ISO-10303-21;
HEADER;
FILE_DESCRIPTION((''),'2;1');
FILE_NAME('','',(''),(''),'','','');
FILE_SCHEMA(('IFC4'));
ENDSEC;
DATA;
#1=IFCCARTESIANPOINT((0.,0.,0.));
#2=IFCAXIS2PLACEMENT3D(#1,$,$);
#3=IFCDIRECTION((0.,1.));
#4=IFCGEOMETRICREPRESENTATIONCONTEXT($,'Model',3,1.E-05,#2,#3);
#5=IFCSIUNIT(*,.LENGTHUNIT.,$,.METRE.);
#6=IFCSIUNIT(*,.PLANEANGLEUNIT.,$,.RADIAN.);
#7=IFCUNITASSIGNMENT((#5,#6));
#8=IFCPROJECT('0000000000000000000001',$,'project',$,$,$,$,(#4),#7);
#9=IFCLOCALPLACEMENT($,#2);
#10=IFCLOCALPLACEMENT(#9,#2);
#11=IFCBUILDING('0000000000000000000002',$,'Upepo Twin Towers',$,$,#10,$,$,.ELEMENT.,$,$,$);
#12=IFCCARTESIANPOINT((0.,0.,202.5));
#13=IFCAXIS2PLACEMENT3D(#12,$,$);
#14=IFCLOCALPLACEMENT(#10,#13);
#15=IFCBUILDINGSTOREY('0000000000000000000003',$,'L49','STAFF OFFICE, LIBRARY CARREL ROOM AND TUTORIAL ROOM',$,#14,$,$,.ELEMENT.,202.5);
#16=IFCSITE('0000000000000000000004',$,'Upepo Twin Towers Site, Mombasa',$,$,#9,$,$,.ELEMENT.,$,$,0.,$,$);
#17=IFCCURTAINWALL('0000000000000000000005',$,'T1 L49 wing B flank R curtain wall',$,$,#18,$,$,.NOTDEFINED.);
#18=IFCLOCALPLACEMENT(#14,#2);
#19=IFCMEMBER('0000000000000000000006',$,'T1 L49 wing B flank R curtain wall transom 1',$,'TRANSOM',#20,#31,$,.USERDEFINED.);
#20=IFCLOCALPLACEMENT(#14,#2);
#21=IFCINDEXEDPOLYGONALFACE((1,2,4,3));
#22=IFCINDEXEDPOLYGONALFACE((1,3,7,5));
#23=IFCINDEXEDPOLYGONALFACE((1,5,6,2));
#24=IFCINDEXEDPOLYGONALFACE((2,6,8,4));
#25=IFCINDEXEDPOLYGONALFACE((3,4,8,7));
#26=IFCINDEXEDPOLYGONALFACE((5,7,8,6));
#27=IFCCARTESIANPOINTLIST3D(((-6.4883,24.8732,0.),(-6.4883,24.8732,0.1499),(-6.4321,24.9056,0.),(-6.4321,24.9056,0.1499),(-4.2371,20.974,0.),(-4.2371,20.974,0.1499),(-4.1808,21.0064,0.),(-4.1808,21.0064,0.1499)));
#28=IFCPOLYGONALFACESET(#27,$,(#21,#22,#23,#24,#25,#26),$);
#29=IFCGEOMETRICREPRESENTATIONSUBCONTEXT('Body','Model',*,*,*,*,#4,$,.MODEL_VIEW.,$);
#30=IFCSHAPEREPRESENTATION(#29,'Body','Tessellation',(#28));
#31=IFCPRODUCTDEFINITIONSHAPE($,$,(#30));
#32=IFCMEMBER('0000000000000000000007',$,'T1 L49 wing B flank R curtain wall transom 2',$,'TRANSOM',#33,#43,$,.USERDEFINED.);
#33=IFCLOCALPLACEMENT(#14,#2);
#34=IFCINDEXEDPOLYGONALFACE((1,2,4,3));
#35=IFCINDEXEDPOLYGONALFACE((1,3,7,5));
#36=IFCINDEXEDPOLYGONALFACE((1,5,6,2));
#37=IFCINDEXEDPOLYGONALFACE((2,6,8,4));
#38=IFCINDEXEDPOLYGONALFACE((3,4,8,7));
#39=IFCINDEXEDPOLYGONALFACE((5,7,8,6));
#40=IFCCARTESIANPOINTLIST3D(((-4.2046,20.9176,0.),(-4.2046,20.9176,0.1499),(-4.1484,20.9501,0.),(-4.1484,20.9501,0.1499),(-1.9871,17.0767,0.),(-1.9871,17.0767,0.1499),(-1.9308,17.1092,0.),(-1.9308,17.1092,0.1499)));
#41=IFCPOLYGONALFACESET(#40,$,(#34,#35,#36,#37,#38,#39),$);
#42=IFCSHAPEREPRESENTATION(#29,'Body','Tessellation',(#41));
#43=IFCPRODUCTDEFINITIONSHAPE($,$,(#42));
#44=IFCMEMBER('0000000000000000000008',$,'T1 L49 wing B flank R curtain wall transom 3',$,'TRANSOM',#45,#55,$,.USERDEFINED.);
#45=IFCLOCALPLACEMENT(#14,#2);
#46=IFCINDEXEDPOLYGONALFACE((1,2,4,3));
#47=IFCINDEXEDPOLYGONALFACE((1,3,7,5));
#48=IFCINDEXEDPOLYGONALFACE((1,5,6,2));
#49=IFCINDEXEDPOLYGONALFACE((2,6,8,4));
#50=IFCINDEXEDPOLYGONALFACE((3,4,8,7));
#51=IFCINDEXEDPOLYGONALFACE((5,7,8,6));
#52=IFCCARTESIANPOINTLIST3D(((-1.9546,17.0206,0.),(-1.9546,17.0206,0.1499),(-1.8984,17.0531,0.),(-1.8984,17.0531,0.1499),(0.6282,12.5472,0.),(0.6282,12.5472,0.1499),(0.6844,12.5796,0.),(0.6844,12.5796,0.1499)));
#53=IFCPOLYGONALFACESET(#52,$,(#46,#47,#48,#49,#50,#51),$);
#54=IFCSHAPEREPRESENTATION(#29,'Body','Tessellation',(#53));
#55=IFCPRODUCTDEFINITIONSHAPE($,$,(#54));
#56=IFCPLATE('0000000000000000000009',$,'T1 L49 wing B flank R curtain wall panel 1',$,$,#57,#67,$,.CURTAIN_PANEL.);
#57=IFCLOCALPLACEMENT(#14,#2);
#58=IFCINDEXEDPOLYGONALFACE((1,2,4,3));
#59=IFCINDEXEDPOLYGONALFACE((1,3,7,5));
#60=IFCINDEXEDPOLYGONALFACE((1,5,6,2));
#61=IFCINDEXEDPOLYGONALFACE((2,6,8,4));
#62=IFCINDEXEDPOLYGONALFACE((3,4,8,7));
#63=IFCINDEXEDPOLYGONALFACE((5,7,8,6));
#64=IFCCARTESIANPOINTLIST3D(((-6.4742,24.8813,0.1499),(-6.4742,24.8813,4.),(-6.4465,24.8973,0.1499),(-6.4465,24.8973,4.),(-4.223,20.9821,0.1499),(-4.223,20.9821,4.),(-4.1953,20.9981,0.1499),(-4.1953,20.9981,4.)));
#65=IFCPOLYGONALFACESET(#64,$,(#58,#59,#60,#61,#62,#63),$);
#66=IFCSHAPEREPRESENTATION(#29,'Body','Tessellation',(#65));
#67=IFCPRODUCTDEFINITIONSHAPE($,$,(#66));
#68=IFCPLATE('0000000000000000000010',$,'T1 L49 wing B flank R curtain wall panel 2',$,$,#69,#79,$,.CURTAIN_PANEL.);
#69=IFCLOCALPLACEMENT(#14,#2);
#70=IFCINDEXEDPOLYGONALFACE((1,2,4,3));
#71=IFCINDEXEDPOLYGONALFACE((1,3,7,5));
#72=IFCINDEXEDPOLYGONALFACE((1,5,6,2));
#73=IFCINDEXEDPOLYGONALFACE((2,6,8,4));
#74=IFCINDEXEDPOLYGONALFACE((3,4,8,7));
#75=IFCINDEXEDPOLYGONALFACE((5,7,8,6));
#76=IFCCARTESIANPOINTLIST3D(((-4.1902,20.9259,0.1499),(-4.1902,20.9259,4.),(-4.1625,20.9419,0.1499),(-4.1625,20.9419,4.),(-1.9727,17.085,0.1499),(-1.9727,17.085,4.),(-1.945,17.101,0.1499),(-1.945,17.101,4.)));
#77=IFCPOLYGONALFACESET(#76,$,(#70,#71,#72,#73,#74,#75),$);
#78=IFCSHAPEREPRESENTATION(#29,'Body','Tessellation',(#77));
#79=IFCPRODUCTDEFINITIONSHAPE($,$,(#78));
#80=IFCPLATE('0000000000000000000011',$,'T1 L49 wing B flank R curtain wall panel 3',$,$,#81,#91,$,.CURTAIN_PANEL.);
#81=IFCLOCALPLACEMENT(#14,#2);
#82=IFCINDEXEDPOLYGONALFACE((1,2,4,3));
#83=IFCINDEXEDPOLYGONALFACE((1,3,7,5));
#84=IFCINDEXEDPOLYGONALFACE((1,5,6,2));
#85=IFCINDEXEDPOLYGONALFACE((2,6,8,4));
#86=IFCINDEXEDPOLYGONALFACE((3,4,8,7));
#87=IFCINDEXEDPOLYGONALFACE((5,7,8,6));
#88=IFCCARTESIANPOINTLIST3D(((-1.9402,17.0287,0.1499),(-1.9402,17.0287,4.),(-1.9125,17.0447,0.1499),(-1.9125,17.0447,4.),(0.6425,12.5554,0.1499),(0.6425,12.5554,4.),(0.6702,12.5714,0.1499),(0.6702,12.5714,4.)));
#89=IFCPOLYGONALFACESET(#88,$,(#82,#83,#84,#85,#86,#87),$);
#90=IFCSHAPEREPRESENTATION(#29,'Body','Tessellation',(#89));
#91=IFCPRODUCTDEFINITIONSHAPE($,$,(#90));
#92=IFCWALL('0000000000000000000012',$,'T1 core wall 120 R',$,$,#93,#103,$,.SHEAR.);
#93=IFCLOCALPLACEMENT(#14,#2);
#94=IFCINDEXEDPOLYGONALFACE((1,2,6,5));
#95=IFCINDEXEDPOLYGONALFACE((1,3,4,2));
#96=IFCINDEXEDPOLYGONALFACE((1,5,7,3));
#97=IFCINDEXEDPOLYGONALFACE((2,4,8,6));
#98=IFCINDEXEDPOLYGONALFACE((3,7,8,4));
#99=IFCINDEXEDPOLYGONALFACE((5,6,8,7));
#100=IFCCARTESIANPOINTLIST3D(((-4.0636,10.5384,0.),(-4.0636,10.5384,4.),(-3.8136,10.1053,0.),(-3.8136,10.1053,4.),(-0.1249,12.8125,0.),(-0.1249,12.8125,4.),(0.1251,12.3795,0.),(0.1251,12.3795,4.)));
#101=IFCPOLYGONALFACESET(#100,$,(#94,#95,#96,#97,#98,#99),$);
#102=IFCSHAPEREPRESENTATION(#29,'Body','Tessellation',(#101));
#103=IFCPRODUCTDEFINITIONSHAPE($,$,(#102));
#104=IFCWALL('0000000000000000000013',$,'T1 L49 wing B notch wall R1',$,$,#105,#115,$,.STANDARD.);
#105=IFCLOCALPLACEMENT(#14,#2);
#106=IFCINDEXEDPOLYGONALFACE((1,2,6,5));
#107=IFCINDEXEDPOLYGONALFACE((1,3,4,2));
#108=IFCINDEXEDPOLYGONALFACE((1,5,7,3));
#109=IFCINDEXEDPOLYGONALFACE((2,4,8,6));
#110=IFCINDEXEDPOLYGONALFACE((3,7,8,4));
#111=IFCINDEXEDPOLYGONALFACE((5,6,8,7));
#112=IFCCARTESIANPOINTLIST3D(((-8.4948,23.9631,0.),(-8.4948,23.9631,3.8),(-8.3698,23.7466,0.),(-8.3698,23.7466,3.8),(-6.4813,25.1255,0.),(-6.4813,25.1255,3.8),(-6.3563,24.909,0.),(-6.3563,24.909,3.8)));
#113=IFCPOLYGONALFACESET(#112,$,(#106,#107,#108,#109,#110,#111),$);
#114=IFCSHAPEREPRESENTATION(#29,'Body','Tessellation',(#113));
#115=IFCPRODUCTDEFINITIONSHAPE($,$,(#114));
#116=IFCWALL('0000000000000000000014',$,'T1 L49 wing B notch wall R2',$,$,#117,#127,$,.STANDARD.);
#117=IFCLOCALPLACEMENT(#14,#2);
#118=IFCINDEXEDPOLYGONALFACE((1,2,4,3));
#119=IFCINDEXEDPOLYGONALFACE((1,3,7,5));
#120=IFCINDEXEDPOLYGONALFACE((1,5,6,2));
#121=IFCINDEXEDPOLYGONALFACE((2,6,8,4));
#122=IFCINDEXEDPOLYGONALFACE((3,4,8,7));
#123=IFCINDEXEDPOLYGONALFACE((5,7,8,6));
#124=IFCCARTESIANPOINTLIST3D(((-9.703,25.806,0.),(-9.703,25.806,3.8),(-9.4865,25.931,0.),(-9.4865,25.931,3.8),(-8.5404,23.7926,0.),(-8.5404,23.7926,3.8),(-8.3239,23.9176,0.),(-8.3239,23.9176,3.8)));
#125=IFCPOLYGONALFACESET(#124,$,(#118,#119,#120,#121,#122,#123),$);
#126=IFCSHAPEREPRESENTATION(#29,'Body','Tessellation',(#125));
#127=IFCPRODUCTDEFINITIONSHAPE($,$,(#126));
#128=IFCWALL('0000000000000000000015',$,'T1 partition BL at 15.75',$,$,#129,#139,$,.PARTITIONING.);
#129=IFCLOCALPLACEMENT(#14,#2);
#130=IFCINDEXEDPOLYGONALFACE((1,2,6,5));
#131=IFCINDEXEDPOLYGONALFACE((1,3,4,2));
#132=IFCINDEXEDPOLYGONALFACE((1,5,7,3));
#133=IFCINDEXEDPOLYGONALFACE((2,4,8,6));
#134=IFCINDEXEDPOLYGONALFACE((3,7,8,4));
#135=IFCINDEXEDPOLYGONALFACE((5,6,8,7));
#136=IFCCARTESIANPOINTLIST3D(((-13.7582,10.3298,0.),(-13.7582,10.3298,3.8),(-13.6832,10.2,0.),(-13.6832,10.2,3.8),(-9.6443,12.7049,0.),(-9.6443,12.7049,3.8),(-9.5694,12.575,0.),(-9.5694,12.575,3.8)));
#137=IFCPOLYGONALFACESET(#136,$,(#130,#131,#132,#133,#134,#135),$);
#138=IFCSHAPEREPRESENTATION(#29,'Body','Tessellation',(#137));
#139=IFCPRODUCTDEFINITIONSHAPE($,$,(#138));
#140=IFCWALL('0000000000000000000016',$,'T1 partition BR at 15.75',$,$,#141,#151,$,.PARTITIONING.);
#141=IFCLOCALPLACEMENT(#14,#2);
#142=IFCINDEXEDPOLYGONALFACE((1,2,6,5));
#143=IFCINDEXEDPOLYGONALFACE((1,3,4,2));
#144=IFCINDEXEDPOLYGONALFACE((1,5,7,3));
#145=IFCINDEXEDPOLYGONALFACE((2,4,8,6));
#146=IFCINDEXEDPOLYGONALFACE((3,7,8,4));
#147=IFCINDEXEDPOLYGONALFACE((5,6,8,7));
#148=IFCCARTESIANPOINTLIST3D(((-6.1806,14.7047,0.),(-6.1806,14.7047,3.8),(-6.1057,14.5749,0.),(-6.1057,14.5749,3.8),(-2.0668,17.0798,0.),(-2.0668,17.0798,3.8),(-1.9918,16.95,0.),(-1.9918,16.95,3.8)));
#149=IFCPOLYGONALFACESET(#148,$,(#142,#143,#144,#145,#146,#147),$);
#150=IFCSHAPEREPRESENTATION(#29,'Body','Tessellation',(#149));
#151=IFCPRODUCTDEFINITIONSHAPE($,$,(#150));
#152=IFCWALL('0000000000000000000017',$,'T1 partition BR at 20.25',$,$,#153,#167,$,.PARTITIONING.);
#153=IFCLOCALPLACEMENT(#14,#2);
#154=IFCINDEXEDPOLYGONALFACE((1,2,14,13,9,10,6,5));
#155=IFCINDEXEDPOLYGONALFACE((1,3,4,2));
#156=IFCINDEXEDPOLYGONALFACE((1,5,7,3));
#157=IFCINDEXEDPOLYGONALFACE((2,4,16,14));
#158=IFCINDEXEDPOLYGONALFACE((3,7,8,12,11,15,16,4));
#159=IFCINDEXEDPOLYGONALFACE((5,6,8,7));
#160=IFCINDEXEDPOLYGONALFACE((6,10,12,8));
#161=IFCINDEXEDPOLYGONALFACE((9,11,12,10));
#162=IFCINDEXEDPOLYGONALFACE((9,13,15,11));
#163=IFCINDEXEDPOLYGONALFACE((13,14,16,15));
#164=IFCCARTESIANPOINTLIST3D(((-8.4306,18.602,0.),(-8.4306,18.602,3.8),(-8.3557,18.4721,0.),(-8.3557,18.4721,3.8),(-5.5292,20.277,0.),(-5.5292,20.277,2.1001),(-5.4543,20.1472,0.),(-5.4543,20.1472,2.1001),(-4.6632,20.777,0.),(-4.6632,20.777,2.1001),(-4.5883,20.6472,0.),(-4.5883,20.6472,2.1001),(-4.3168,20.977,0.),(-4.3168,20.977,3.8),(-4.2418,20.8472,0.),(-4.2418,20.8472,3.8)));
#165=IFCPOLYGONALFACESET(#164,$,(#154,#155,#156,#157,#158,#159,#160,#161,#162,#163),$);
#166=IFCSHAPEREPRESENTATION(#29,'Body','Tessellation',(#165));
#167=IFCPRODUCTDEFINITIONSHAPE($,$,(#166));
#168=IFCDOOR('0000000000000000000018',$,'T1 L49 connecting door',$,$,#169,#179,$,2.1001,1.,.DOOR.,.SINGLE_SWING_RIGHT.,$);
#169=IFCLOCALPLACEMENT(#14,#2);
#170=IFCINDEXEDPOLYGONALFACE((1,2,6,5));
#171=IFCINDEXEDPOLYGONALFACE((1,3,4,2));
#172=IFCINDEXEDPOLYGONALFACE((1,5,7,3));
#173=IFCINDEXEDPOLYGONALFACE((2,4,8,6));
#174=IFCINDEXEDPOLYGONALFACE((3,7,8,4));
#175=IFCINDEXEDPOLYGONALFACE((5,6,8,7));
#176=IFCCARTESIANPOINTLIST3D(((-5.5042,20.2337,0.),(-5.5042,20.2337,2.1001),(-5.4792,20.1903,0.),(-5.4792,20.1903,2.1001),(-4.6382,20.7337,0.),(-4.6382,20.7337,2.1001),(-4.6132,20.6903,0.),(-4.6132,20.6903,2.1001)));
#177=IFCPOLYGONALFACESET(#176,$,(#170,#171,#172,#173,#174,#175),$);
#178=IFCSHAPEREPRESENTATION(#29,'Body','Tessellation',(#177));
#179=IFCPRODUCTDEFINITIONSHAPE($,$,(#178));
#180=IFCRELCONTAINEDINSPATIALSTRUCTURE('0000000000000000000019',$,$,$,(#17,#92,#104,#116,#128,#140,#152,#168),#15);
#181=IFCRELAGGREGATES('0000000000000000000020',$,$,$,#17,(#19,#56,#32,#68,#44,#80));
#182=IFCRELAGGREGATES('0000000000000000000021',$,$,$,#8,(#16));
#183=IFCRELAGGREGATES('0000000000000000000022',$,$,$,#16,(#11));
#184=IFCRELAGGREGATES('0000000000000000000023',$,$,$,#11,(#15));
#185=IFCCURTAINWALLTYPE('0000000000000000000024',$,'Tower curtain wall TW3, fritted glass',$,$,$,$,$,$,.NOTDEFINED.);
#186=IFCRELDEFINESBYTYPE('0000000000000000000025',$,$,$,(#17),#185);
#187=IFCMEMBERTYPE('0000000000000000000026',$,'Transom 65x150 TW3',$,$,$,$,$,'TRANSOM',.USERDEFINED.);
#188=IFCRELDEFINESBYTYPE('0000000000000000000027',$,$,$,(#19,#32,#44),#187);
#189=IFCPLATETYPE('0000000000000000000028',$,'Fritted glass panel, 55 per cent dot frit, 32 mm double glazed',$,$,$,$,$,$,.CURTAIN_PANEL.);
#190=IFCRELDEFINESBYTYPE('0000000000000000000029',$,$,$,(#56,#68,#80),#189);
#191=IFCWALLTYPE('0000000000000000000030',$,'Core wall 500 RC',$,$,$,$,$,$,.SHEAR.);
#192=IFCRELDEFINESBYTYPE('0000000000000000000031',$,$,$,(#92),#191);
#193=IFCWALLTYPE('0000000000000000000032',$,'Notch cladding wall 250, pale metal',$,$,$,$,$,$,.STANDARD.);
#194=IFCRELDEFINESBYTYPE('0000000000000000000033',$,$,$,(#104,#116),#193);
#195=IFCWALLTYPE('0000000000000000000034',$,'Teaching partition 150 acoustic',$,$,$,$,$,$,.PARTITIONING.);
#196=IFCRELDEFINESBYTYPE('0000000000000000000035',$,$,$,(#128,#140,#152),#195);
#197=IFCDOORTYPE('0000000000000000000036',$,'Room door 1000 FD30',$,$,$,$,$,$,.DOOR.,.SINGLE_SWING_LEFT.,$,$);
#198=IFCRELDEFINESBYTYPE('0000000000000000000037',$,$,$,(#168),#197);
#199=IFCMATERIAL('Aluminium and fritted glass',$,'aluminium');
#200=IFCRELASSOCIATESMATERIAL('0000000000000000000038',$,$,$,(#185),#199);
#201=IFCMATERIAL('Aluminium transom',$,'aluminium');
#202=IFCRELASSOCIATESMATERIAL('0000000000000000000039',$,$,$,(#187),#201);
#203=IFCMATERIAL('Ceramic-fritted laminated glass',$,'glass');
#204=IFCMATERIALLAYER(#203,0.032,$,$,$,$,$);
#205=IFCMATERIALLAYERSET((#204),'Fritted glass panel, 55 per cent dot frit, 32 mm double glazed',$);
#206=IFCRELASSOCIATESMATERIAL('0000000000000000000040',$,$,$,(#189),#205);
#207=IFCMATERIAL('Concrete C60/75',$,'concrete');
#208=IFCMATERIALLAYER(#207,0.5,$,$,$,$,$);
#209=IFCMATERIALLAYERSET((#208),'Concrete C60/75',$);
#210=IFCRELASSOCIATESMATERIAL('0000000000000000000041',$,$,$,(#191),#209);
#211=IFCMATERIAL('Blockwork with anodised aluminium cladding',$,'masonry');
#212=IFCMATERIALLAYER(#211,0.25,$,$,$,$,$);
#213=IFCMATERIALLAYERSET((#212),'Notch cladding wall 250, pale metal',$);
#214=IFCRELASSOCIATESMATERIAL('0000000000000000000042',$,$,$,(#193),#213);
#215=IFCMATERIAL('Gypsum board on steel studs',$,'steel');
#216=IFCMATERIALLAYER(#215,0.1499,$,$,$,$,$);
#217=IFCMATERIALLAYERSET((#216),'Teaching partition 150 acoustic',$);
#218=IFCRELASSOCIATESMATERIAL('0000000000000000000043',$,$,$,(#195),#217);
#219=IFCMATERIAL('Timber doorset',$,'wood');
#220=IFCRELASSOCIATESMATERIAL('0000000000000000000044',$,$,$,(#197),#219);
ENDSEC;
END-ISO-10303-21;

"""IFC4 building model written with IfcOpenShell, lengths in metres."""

from ifc_helpers import new_model, si_unit, direction, frame, frame_2d, origin, origin_2d, place, context, subcontext, project, spatial, rectangle, extrude, material, layer, layer_set, material_profile, profile_set, type_object, element, fill, aggregate, save


model = new_model("IFC4")

# Units and contexts
model_context = context("Model", 3, precision=1e-05, world=origin(), true_north=direction((0.0, 1.0)))
body_context = subcontext(model_context, "Body", "Model", "MODEL_VIEW")
ifc_project = project(units=[si_unit("LENGTHUNIT", "METRE"), si_unit("PLANEANGLEUNIT", "RADIAN")], contexts=[model_context])

# Site, building, storey
site_placement = place(None, origin())
site = spatial("IfcSite", under=ifc_project, at=site_placement, Name="Upepo Twin Towers Site, Mombasa", CompositionType="ELEMENT", RefElevation=0.0)
building_placement = place(site_placement, origin())
building = spatial("IfcBuilding", under=site, at=building_placement, Name="Upepo Twin Towers", CompositionType="ELEMENT")
storey_placement = place(building_placement, frame((0.0, 0.0, 202.5)))
storey = spatial("IfcBuildingStorey", under=building, at=storey_placement, Name="L49", Description="STAFF OFFICE, LIBRARY CARREL ROOM AND TUTORIAL ROOM", CompositionType="ELEMENT", Elevation=202.5)

# Curtain wall
ifc_material_1 = material(Name="Aluminium and fritted glass", Category="aluminium")
curtain_wall_type = type_object("IfcCurtainWallType", Name="Tower curtain wall TW3, fritted glass", PredefinedType="NOTDEFINED", material=ifc_material_1)
curtain_wall_1_placement = place(storey_placement, origin())
curtain_wall_1 = element("IfcCurtainWall", 1, at=curtain_wall_1_placement, inside=storey, type_object=curtain_wall_type, Name="T1 L49 wing B flank R curtain wall", PredefinedType="NOTDEFINED")

# Members
ifc_material_2 = material(Name="Aluminium transom", Category="aluminium")
ifc_material_profile_1 = material_profile(ifc_material_2, rectangle(XDim=0.0649, YDim=0.1499, at=origin_2d()), Name="TRANSOM 65x150")
ifc_profile_set_1 = profile_set([ifc_material_profile_1], Name="Aluminium transom")
member_type_1 = type_object("IfcMemberType", Name="Transom 65x150 TW3", ElementType="TRANSOM", PredefinedType="USERDEFINED", material=ifc_profile_set_1)
member_1_placement = place(storey_placement, frame((-6.4602, 24.8894, 0.075), z_axis=(0.500006, -0.866022, 0.0), x_axis=(0.866022, 0.500006, 0.0)))
member_1 = element("IfcMember", 2, at=member_1_placement, type_object=member_type_1, Name="T1 L49 wing B flank R curtain wall transom 1", ObjectType="TRANSOM", PredefinedType="USERDEFINED", context=body_context, shape_type="SweptSolid", body=[
    extrude(rectangle(XDim=0.0649, YDim=0.1499, at=origin_2d()), origin(), (0.0, 0.0, 1.0), 4.5024),
])
member_2_placement = place(storey_placement, frame((-4.1765, 20.9338, 0.075), z_axis=(0.500005, -0.866022, 0.0), x_axis=(0.866022, 0.500005, 0.0)))
member_2 = element("IfcMember", 3, at=member_2_placement, type_object=member_type_1, Name="T1 L49 wing B flank R curtain wall transom 2", ObjectType="TRANSOM", PredefinedType="USERDEFINED", context=body_context, shape_type="SweptSolid", body=[
    extrude(rectangle(XDim=0.0649, YDim=0.1499, at=origin_2d()), origin(), (0.0, 0.0, 1.0), 4.4351),
])
member_3_placement = place(storey_placement, frame((-1.9265, 17.0369, 0.075), z_axis=(0.500007, -0.866021, 0.0), x_axis=(0.866021, 0.500007, 0.0)))
member_3 = element("IfcMember", 4, at=member_3_placement, type_object=member_type_1, Name="T1 L49 wing B flank R curtain wall transom 3", ObjectType="TRANSOM", PredefinedType="USERDEFINED", context=body_context, shape_type="SweptSolid", body=[
    extrude(rectangle(XDim=0.0649, YDim=0.1499, at=origin_2d()), origin(), (0.0, 0.0, 1.0), 5.1655),
])

# Plates
ifc_material_3 = material(Name="Ceramic-fritted laminated glass", Category="glass")
ifc_layer_1 = layer(ifc_material_3, 0.032)
ifc_layer_set_1 = layer_set([ifc_layer_1], Name="Fritted glass panel, 55 per cent dot frit, 32 mm double glazed")
plate_type = type_object("IfcPlateType", Name="Fritted glass panel, 55 per cent dot frit, 32 mm double glazed", PredefinedType="CURTAIN_PANEL", material=ifc_layer_set_1)
plate_1_placement = place(storey_placement, frame((-5.3347, 22.9397, 0.1499), z_axis=(0.0, 0.0, 1.0), x_axis=(0.5, -0.866025, 0.0)))
plate_1 = element("IfcPlate", 5, at=plate_1_placement, type_object=plate_type, Name="T1 L49 wing B flank R curtain wall panel 1", PredefinedType="CURTAIN_PANEL", context=body_context, shape_type="SweptSolid", body=[
    extrude(rectangle(XDim=4.5024, YDim=0.032, at=origin_2d()), origin(), (0.0, 0.0, 1.0), 3.8501),
])
plate_2_placement = place(storey_placement, frame((-3.0676, 19.0134, 0.1499), z_axis=(0.0, 0.0, 1.0), x_axis=(0.5, -0.866025, 0.0)))
plate_2 = element("IfcPlate", 6, at=plate_2_placement, type_object=plate_type, Name="T1 L49 wing B flank R curtain wall panel 2", PredefinedType="CURTAIN_PANEL", context=body_context, shape_type="SweptSolid", body=[
    extrude(rectangle(XDim=4.4351, YDim=0.032, at=origin_2d()), origin(), (0.0, 0.0, 1.0), 3.8501),
])
plate_3_placement = place(storey_placement, frame((-0.635, 14.8, 0.1499), z_axis=(0.0, 0.0, 1.0), x_axis=(0.5, -0.866025, 0.0)))
plate_3 = element("IfcPlate", 7, at=plate_3_placement, type_object=plate_type, Name="T1 L49 wing B flank R curtain wall panel 3", PredefinedType="CURTAIN_PANEL", context=body_context, shape_type="SweptSolid", body=[
    extrude(rectangle(XDim=5.1653, YDim=0.032, at=origin_2d()), origin(), (0.0, 0.0, 1.0), 3.8501),
])
aggregate(curtain_wall_1, [member_1, plate_1, member_2, plate_2, member_3, plate_3])

# Walls
ifc_material_4 = material(Name="Concrete C60/75", Category="concrete")
ifc_layer_2 = layer(ifc_material_4, 0.5)
ifc_layer_set_2 = layer_set([ifc_layer_2], Name="Concrete C60/75")
wall_type_1 = type_object("IfcWallType", Name="Core wall 500 RC", PredefinedType="SHEAR", material=ifc_layer_set_2)
wall_1_placement = place(storey_placement, frame((0.0, 12.5959, 0.0), z_axis=(0.0, 0.0, 1.0), x_axis=(-0.866011, -0.500024, 0.0)))
element("IfcWall", 8, at=wall_1_placement, inside=storey, type_object=wall_type_1, Name="T1 core wall 120 R", PredefinedType="SHEAR", context=body_context, shape_type="SweptSolid", body=[
    extrude(rectangle(XDim=4.5481, YDim=0.5, at=frame_2d((2.2739, 0.0))), origin(), (0.0, 0.0, 1.0), 4.0),
])
ifc_material_5 = material(Name="Blockwork with anodised aluminium cladding", Category="masonry")
ifc_layer_3 = layer(ifc_material_5, 0.25)
ifc_layer_set_3 = layer_set([ifc_layer_3], Name="Notch cladding wall 250, pale metal")
wall_type_2 = type_object("IfcWallType", Name="Notch cladding wall 250, pale metal", PredefinedType="STANDARD", material=ifc_layer_set_3)
for number, where, z_axis, x_axis, name in (
    (9, (-6.4187, 25.0173, 0.0), (0.0, 0.0, 1.0), (-0.866044, -0.499968, 0.0), "T1 L49 wing B notch wall R1"),
    (10, (-8.4321, 23.855, 0.0), (0.0, 0.0, 1.0), (-0.500047, 0.865998, 0.0), "T1 L49 wing B notch wall R2"),
):
    element("IfcWall", number, at=place(storey_placement, frame(where, z_axis=z_axis, x_axis=x_axis)), inside=storey, type_object=wall_type_2, Name=name, PredefinedType="STANDARD", context=body_context, shape_type="SweptSolid", body=[
        extrude(rectangle(XDim=2.325, YDim=0.25, at=frame_2d((1.1626, 0.0))), origin(), (0.0, 0.0, 1.0), 3.8),
    ])
ifc_material_6 = material(Name="Gypsum board on steel studs", Category="steel")
ifc_layer_4 = layer(ifc_material_6, 0.1499)
ifc_layer_set_4 = layer_set([ifc_layer_4], Name="Teaching partition 150 acoustic")
wall_type_3 = type_object("IfcWallType", Name="Teaching partition 150 acoustic", PredefinedType="PARTITIONING", material=ifc_layer_set_4)
for number, where, z_axis, x_axis, name in (
    (11, (-9.6069, 12.6399, 0.0), (0.0, 0.0, 1.0), (-0.866033, -0.499986, 0.0), "T1 partition BL at 15.75"),
    (12, (-6.1431, 14.6399, 0.0), (0.0, 0.0, 1.0), (0.866033, 0.499986, 0.0), "T1 partition BR at 15.75"),
):
    element("IfcWall", number, at=place(storey_placement, frame(where, z_axis=z_axis, x_axis=x_axis)), inside=storey, type_object=wall_type_3, Name=name, PredefinedType="PARTITIONING", context=body_context, shape_type="SweptSolid", body=[
        extrude(rectangle(XDim=4.7502, YDim=0.1499, at=frame_2d((2.375, 0.0))), origin(), (0.0, 0.0, 1.0), 3.8),
    ])

# Wall, opening, door
wall_2_placement = place(storey_placement, frame((-8.3931, 18.5371, 0.0), z_axis=(0.0, 0.0, 1.0), x_axis=(0.866033, 0.499986, 0.0)))
wall_2 = element("IfcWall", 13, at=wall_2_placement, inside=storey, type_object=wall_type_3, Name="T1 partition BR at 20.25", PredefinedType="PARTITIONING", context=body_context, shape_type="SweptSolid", body=[
    extrude(rectangle(XDim=4.7502, YDim=0.1499, at=frame_2d((2.375, 0.0))), origin(), (0.0, 0.0, 1.0), 3.8),
])
opening_placement = place(wall_2_placement, frame((3.3501, 0.0, 0.0)))
opening = element("IfcOpeningElement", 14, at=opening_placement, cuts=wall_2, PredefinedType="OPENING", context=body_context, shape_type="SweptSolid", body=[
    extrude(rectangle(XDim=1.0, YDim=2.1001, at=frame_2d((0.5, 1.05))), frame((0.0, 0.085, 0.0), z_axis=(0.0, -1.0, 0.0), x_axis=(1.0, 0.0, 0.0)), (0.0, 0.0, 1.0), 0.1699),
])
ifc_material_7 = material(Name="Timber doorset", Category="wood")
door_type = type_object("IfcDoorType", Name="Room door 1000 FD30", OperationType="SINGLE_SWING_LEFT", PredefinedType="DOOR", material=ifc_material_7)
door_placement = place(opening_placement, origin())
door = element("IfcDoor", 15, at=door_placement, inside=storey, type_object=door_type, Name="T1 L49 connecting door", OperationType="SINGLE_SWING_RIGHT", OverallHeight=2.1001, OverallWidth=1.0, PredefinedType="DOOR", context=body_context, shape_type="SweptSolid", body=[
    extrude(rectangle(XDim=1.0, YDim=2.1001, at=frame_2d((0.5, 1.05))), frame((0.0, 0.0249, 0.0), z_axis=(0.0, -1.0, 0.0), x_axis=(1.0, 0.0, 0.0)), (0.0, 0.0, 1.0), 0.05),
])
fill(opening, door)

save(model, "model.ifc")
